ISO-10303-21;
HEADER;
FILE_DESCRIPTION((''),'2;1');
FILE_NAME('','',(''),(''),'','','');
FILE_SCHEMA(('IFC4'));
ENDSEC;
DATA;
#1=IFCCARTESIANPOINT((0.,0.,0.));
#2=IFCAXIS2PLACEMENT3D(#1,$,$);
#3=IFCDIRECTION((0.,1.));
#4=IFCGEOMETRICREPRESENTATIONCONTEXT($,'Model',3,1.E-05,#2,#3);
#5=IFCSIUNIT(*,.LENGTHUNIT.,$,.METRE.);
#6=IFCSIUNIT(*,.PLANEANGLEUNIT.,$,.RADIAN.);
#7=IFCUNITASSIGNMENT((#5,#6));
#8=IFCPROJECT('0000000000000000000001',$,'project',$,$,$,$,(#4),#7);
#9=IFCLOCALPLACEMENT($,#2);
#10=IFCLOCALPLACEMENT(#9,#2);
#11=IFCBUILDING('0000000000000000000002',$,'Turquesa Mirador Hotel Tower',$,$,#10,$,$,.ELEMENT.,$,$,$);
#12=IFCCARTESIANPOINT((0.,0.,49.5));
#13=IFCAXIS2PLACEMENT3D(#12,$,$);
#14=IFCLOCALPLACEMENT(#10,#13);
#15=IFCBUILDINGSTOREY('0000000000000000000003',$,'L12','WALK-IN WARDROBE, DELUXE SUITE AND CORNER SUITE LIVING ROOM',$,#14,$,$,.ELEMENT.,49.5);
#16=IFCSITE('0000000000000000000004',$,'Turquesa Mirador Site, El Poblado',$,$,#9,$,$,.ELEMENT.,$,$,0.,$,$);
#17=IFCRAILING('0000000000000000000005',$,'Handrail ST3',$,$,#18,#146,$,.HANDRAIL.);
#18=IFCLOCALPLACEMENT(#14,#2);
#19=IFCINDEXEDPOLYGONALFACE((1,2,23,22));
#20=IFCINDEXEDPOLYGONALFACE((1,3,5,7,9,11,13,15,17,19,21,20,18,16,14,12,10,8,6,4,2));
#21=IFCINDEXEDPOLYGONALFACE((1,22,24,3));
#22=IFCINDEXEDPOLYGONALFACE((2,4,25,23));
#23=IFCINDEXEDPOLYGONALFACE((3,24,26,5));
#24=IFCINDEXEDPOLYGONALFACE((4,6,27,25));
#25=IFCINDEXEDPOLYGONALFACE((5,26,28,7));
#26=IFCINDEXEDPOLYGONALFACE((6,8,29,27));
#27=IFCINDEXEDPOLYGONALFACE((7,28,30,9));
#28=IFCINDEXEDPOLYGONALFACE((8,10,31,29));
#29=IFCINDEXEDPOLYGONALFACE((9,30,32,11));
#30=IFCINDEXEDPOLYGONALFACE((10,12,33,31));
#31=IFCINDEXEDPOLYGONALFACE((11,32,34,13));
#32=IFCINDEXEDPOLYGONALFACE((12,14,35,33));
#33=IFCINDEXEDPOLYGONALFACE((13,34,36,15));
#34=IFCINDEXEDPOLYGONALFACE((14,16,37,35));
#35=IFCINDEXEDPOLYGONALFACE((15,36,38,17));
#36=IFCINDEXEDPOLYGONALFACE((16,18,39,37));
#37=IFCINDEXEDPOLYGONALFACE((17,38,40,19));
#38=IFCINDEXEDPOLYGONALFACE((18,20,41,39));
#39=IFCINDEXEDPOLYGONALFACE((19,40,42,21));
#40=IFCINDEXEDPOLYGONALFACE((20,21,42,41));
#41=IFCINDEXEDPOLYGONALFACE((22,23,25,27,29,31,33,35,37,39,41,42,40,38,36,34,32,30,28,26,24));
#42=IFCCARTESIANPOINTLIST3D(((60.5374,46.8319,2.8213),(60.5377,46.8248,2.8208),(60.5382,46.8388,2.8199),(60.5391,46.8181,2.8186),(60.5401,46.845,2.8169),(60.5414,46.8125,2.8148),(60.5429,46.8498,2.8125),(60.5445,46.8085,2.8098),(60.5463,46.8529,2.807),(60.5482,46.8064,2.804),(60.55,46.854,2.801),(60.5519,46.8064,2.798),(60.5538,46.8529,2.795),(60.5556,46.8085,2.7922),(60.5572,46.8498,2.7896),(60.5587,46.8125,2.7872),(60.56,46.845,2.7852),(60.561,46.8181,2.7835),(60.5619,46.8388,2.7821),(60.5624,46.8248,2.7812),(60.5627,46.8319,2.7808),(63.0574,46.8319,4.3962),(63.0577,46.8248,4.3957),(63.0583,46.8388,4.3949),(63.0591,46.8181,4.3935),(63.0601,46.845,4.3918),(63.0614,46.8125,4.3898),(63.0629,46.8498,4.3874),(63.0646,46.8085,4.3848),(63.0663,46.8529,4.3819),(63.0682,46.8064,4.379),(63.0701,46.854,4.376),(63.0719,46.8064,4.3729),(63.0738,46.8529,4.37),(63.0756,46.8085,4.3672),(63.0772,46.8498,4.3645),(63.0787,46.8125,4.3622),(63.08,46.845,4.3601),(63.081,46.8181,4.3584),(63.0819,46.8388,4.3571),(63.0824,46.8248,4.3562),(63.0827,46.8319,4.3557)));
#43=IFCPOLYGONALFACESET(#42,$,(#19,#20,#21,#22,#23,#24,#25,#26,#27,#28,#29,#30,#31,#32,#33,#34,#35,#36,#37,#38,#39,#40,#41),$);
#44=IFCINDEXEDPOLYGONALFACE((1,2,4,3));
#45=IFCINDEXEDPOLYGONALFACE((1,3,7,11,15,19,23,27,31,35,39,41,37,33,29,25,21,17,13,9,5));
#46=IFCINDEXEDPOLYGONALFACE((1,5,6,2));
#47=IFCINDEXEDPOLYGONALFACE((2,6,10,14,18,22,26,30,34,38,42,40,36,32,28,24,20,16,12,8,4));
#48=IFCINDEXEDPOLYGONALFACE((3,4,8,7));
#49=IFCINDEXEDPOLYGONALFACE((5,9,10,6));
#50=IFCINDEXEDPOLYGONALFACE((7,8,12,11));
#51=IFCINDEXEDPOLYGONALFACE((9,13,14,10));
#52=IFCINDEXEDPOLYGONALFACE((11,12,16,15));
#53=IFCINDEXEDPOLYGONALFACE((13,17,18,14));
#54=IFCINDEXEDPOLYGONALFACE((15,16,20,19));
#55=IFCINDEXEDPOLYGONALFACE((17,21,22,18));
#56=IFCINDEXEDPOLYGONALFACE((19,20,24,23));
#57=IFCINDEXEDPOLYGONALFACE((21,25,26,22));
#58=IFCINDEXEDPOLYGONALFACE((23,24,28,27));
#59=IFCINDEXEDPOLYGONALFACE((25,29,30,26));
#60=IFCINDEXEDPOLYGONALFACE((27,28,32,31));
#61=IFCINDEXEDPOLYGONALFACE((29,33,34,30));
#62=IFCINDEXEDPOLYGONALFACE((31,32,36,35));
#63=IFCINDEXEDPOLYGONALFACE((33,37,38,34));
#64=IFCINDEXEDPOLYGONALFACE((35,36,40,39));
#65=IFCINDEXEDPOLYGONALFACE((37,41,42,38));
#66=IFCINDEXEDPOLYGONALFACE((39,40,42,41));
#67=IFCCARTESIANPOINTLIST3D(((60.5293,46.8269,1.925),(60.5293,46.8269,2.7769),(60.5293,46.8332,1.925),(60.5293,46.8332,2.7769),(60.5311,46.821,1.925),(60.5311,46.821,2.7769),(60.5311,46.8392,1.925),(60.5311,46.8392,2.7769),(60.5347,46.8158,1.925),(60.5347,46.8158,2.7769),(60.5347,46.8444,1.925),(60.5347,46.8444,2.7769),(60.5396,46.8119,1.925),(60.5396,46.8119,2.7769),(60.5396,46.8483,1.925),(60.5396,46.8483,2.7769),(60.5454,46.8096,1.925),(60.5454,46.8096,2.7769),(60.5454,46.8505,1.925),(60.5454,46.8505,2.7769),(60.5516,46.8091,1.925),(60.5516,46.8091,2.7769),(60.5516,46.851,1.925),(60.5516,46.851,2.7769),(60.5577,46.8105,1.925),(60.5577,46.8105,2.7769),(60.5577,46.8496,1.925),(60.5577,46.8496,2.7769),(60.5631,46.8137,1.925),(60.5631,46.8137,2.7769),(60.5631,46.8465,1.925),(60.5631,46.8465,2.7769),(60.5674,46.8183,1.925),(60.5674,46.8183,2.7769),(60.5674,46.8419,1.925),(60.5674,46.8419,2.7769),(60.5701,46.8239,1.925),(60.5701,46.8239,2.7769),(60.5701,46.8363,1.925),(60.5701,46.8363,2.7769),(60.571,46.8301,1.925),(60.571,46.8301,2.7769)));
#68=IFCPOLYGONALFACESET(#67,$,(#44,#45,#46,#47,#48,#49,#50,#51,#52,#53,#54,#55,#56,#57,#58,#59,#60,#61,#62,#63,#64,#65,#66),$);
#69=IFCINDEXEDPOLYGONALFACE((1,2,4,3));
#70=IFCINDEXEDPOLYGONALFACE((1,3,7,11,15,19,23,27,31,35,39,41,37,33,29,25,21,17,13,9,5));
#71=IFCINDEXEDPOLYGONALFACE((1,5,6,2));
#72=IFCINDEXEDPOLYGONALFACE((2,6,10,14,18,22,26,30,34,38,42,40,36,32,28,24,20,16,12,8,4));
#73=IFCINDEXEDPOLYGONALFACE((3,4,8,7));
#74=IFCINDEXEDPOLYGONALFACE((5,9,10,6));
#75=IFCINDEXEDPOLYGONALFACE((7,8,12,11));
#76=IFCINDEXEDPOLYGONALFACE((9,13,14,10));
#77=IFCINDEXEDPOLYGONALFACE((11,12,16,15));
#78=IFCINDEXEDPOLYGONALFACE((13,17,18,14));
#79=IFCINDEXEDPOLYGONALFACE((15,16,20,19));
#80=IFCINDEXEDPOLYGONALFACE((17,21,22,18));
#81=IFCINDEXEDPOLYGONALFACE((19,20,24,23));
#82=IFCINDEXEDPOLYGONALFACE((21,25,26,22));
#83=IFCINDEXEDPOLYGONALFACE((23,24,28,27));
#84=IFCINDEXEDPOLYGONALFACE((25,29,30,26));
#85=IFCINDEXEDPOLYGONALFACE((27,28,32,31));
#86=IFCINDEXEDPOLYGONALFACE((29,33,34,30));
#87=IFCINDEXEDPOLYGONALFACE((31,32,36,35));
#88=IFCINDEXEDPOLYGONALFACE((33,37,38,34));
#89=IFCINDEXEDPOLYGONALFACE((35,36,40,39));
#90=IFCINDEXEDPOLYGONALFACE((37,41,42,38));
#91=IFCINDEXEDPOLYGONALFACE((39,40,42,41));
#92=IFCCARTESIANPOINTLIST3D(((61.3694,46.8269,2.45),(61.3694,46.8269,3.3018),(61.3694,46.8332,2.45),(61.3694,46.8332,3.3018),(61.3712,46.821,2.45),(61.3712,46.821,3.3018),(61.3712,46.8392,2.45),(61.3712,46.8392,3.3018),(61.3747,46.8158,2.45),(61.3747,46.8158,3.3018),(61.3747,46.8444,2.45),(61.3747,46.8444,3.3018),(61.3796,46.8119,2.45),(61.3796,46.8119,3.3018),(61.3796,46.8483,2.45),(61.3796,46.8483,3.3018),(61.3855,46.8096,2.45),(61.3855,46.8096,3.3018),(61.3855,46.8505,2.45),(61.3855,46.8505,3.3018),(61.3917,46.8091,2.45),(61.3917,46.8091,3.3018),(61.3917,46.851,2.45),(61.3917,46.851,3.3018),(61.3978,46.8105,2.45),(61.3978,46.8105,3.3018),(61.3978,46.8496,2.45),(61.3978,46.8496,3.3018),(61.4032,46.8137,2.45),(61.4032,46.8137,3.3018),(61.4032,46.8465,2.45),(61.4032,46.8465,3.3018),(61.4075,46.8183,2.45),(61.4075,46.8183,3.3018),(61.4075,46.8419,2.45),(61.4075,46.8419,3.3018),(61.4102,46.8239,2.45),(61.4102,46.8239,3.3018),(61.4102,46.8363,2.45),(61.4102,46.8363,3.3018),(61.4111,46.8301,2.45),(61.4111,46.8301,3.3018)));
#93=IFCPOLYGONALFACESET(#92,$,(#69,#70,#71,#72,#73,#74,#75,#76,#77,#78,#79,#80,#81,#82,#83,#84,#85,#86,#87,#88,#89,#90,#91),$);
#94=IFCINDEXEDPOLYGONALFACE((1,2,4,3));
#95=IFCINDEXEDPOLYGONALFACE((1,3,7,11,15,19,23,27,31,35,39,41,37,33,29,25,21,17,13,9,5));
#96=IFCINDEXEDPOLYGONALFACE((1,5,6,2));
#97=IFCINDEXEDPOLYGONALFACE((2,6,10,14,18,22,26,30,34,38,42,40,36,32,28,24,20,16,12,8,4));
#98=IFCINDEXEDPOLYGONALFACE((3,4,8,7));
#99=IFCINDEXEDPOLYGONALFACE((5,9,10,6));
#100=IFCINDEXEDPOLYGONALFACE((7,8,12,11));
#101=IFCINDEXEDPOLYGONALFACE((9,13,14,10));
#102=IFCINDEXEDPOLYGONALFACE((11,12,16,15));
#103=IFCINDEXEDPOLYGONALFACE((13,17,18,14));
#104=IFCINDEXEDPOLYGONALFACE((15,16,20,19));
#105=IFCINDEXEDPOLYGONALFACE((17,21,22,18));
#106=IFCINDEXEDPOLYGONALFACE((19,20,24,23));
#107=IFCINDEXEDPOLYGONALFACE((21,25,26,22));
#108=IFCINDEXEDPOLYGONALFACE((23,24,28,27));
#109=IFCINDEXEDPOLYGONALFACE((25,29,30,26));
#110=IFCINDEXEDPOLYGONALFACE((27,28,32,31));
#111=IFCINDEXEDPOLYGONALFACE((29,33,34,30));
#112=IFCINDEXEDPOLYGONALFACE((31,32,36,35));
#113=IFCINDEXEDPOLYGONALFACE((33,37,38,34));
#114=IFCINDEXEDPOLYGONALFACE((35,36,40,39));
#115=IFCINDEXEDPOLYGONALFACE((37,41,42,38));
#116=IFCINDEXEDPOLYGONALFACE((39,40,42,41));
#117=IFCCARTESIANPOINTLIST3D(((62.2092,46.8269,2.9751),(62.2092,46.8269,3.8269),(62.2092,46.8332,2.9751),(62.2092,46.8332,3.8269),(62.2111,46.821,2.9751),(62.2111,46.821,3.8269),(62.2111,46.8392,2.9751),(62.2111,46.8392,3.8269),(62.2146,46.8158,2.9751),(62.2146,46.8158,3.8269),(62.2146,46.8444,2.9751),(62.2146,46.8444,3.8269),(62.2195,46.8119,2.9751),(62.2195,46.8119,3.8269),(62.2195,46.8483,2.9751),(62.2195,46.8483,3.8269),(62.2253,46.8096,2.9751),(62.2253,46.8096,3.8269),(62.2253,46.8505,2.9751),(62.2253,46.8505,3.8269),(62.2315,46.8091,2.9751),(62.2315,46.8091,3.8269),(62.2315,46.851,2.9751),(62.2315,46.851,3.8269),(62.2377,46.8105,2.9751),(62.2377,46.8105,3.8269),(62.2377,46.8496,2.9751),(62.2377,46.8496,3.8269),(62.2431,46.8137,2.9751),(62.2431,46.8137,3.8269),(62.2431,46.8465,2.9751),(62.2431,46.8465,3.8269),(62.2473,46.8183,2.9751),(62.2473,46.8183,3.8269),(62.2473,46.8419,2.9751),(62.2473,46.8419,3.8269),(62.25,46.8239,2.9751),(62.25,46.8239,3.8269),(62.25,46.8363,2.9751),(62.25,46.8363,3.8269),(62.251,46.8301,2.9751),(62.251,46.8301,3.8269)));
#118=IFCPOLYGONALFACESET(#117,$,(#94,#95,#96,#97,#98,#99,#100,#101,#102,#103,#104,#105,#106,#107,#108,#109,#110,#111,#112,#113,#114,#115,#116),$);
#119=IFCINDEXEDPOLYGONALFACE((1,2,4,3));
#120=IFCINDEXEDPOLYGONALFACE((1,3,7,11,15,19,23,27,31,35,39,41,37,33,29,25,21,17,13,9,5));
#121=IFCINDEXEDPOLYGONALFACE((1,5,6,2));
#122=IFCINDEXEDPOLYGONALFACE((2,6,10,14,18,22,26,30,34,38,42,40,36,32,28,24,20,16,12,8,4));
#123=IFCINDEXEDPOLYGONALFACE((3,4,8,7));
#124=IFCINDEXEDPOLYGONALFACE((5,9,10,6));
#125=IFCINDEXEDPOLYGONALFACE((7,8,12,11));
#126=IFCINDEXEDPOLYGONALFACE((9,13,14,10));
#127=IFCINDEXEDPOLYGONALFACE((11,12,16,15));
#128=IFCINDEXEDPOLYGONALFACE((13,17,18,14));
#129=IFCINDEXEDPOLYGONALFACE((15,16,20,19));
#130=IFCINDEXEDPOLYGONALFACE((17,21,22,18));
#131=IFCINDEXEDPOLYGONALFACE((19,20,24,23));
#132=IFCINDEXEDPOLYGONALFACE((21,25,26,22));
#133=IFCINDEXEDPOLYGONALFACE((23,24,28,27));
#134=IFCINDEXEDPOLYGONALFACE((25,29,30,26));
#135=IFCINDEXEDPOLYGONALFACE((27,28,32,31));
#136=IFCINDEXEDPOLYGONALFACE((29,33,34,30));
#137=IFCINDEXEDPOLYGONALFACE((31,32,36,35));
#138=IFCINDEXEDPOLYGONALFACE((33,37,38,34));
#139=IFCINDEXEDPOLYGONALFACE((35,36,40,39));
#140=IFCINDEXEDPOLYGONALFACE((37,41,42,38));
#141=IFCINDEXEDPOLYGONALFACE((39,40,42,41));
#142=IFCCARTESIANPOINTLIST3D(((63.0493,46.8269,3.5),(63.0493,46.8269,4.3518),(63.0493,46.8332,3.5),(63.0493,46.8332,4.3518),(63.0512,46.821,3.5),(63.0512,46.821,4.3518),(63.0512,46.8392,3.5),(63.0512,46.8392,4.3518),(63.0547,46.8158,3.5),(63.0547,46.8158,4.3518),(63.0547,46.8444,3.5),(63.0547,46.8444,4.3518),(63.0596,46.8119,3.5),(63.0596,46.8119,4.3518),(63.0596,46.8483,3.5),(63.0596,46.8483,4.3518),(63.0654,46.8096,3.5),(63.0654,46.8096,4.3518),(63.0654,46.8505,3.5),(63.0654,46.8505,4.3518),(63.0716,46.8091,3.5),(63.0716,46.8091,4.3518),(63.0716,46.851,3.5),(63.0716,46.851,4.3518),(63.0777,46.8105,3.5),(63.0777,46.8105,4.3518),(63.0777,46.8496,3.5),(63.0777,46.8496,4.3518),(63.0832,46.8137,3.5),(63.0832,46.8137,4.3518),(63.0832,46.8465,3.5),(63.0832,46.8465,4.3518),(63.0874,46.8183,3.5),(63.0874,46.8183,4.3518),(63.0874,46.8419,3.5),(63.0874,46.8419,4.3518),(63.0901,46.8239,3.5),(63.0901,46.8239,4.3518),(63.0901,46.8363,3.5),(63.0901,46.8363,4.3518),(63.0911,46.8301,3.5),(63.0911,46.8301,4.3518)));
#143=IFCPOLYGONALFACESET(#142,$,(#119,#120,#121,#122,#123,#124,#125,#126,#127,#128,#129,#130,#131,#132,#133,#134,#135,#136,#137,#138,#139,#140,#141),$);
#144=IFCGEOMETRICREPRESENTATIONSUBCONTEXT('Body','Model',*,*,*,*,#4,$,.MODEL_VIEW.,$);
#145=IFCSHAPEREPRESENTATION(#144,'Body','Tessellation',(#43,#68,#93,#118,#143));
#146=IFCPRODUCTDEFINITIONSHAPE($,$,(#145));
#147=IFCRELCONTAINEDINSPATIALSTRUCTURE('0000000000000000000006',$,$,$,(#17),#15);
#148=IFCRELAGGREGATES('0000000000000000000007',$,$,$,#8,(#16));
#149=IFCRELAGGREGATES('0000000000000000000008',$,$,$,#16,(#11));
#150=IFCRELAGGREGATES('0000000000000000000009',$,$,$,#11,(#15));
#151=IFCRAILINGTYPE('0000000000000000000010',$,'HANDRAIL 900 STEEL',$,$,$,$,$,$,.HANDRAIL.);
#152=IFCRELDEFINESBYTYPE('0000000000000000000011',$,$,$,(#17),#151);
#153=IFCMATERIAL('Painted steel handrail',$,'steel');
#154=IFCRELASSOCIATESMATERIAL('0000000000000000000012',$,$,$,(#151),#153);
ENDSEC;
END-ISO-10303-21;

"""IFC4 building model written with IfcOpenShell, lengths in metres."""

from ifc_helpers import new_model, si_unit, direction, frame, origin, origin_2d, place, context, subcontext, project, spatial, circle, extrude, material, type_object, element, save


model = new_model("IFC4")

# Units and contexts
model_context = context("Model", 3, precision=1e-05, world=origin(), true_north=direction((0.0, 1.0)))
body_context = subcontext(model_context, "Body", "Model", "MODEL_VIEW")
ifc_project = project(units=[si_unit("LENGTHUNIT", "METRE"), si_unit("PLANEANGLEUNIT", "RADIAN")], contexts=[model_context])

# Site, building, storey
site_placement = place(None, origin())
site = spatial("IfcSite", under=ifc_project, at=site_placement, Name="Turquesa Mirador Site, El Poblado", CompositionType="ELEMENT", RefElevation=0.0)
building_placement = place(site_placement, origin())
building = spatial("IfcBuilding", under=site, at=building_placement, Name="Turquesa Mirador Hotel Tower", CompositionType="ELEMENT")
storey_placement = place(building_placement, frame((0.0, 0.0, 49.5)))
storey = spatial("IfcBuildingStorey", under=building, at=storey_placement, Name="L12", Description="WALK-IN WARDROBE, DELUXE SUITE AND CORNER SUITE LIVING ROOM", CompositionType="ELEMENT", Elevation=49.5)

# Railing
ifc_material_1 = material(Name="Painted steel handrail", Category="steel")
railing_type = type_object("IfcRailingType", Name="HANDRAIL 900 STEEL", PredefinedType="HANDRAIL", material=ifc_material_1)
railing_1_placement = place(storey_placement, frame((60.55, 46.8301, 1.925)))
element("IfcRailing", 1, at=railing_1_placement, inside=storey, type_object=railing_type, Name="Handrail ST3", PredefinedType="HANDRAIL", context=body_context, shape_type="SweptSolid", body=[
    extrude(circle(Radius=0.0239, at=origin_2d()), frame((0.0, 0.0, 0.876), z_axis=(0.848008, 0.0, 0.529984), x_axis=(0.0, 1.0, 0.0)), (0.0, 0.0, 1.0), 2.9717),
    extrude(circle(Radius=0.021, at=origin_2d()), origin(), (0.0, 0.0, 1.0), 0.8518),
    extrude(circle(Radius=0.021, at=origin_2d()), frame((0.8401, 0.0, 0.5249)), (0.0, 0.0, 1.0), 0.8518),
    extrude(circle(Radius=0.021, at=origin_2d()), frame((1.6799, 0.0, 1.05)), (0.0, 0.0, 1.0), 0.8518),
    extrude(circle(Radius=0.021, at=origin_2d()), frame((2.52, 0.0, 1.575)), (0.0, 0.0, 1.0), 0.8518),
])

save(model, "model.ifc")
